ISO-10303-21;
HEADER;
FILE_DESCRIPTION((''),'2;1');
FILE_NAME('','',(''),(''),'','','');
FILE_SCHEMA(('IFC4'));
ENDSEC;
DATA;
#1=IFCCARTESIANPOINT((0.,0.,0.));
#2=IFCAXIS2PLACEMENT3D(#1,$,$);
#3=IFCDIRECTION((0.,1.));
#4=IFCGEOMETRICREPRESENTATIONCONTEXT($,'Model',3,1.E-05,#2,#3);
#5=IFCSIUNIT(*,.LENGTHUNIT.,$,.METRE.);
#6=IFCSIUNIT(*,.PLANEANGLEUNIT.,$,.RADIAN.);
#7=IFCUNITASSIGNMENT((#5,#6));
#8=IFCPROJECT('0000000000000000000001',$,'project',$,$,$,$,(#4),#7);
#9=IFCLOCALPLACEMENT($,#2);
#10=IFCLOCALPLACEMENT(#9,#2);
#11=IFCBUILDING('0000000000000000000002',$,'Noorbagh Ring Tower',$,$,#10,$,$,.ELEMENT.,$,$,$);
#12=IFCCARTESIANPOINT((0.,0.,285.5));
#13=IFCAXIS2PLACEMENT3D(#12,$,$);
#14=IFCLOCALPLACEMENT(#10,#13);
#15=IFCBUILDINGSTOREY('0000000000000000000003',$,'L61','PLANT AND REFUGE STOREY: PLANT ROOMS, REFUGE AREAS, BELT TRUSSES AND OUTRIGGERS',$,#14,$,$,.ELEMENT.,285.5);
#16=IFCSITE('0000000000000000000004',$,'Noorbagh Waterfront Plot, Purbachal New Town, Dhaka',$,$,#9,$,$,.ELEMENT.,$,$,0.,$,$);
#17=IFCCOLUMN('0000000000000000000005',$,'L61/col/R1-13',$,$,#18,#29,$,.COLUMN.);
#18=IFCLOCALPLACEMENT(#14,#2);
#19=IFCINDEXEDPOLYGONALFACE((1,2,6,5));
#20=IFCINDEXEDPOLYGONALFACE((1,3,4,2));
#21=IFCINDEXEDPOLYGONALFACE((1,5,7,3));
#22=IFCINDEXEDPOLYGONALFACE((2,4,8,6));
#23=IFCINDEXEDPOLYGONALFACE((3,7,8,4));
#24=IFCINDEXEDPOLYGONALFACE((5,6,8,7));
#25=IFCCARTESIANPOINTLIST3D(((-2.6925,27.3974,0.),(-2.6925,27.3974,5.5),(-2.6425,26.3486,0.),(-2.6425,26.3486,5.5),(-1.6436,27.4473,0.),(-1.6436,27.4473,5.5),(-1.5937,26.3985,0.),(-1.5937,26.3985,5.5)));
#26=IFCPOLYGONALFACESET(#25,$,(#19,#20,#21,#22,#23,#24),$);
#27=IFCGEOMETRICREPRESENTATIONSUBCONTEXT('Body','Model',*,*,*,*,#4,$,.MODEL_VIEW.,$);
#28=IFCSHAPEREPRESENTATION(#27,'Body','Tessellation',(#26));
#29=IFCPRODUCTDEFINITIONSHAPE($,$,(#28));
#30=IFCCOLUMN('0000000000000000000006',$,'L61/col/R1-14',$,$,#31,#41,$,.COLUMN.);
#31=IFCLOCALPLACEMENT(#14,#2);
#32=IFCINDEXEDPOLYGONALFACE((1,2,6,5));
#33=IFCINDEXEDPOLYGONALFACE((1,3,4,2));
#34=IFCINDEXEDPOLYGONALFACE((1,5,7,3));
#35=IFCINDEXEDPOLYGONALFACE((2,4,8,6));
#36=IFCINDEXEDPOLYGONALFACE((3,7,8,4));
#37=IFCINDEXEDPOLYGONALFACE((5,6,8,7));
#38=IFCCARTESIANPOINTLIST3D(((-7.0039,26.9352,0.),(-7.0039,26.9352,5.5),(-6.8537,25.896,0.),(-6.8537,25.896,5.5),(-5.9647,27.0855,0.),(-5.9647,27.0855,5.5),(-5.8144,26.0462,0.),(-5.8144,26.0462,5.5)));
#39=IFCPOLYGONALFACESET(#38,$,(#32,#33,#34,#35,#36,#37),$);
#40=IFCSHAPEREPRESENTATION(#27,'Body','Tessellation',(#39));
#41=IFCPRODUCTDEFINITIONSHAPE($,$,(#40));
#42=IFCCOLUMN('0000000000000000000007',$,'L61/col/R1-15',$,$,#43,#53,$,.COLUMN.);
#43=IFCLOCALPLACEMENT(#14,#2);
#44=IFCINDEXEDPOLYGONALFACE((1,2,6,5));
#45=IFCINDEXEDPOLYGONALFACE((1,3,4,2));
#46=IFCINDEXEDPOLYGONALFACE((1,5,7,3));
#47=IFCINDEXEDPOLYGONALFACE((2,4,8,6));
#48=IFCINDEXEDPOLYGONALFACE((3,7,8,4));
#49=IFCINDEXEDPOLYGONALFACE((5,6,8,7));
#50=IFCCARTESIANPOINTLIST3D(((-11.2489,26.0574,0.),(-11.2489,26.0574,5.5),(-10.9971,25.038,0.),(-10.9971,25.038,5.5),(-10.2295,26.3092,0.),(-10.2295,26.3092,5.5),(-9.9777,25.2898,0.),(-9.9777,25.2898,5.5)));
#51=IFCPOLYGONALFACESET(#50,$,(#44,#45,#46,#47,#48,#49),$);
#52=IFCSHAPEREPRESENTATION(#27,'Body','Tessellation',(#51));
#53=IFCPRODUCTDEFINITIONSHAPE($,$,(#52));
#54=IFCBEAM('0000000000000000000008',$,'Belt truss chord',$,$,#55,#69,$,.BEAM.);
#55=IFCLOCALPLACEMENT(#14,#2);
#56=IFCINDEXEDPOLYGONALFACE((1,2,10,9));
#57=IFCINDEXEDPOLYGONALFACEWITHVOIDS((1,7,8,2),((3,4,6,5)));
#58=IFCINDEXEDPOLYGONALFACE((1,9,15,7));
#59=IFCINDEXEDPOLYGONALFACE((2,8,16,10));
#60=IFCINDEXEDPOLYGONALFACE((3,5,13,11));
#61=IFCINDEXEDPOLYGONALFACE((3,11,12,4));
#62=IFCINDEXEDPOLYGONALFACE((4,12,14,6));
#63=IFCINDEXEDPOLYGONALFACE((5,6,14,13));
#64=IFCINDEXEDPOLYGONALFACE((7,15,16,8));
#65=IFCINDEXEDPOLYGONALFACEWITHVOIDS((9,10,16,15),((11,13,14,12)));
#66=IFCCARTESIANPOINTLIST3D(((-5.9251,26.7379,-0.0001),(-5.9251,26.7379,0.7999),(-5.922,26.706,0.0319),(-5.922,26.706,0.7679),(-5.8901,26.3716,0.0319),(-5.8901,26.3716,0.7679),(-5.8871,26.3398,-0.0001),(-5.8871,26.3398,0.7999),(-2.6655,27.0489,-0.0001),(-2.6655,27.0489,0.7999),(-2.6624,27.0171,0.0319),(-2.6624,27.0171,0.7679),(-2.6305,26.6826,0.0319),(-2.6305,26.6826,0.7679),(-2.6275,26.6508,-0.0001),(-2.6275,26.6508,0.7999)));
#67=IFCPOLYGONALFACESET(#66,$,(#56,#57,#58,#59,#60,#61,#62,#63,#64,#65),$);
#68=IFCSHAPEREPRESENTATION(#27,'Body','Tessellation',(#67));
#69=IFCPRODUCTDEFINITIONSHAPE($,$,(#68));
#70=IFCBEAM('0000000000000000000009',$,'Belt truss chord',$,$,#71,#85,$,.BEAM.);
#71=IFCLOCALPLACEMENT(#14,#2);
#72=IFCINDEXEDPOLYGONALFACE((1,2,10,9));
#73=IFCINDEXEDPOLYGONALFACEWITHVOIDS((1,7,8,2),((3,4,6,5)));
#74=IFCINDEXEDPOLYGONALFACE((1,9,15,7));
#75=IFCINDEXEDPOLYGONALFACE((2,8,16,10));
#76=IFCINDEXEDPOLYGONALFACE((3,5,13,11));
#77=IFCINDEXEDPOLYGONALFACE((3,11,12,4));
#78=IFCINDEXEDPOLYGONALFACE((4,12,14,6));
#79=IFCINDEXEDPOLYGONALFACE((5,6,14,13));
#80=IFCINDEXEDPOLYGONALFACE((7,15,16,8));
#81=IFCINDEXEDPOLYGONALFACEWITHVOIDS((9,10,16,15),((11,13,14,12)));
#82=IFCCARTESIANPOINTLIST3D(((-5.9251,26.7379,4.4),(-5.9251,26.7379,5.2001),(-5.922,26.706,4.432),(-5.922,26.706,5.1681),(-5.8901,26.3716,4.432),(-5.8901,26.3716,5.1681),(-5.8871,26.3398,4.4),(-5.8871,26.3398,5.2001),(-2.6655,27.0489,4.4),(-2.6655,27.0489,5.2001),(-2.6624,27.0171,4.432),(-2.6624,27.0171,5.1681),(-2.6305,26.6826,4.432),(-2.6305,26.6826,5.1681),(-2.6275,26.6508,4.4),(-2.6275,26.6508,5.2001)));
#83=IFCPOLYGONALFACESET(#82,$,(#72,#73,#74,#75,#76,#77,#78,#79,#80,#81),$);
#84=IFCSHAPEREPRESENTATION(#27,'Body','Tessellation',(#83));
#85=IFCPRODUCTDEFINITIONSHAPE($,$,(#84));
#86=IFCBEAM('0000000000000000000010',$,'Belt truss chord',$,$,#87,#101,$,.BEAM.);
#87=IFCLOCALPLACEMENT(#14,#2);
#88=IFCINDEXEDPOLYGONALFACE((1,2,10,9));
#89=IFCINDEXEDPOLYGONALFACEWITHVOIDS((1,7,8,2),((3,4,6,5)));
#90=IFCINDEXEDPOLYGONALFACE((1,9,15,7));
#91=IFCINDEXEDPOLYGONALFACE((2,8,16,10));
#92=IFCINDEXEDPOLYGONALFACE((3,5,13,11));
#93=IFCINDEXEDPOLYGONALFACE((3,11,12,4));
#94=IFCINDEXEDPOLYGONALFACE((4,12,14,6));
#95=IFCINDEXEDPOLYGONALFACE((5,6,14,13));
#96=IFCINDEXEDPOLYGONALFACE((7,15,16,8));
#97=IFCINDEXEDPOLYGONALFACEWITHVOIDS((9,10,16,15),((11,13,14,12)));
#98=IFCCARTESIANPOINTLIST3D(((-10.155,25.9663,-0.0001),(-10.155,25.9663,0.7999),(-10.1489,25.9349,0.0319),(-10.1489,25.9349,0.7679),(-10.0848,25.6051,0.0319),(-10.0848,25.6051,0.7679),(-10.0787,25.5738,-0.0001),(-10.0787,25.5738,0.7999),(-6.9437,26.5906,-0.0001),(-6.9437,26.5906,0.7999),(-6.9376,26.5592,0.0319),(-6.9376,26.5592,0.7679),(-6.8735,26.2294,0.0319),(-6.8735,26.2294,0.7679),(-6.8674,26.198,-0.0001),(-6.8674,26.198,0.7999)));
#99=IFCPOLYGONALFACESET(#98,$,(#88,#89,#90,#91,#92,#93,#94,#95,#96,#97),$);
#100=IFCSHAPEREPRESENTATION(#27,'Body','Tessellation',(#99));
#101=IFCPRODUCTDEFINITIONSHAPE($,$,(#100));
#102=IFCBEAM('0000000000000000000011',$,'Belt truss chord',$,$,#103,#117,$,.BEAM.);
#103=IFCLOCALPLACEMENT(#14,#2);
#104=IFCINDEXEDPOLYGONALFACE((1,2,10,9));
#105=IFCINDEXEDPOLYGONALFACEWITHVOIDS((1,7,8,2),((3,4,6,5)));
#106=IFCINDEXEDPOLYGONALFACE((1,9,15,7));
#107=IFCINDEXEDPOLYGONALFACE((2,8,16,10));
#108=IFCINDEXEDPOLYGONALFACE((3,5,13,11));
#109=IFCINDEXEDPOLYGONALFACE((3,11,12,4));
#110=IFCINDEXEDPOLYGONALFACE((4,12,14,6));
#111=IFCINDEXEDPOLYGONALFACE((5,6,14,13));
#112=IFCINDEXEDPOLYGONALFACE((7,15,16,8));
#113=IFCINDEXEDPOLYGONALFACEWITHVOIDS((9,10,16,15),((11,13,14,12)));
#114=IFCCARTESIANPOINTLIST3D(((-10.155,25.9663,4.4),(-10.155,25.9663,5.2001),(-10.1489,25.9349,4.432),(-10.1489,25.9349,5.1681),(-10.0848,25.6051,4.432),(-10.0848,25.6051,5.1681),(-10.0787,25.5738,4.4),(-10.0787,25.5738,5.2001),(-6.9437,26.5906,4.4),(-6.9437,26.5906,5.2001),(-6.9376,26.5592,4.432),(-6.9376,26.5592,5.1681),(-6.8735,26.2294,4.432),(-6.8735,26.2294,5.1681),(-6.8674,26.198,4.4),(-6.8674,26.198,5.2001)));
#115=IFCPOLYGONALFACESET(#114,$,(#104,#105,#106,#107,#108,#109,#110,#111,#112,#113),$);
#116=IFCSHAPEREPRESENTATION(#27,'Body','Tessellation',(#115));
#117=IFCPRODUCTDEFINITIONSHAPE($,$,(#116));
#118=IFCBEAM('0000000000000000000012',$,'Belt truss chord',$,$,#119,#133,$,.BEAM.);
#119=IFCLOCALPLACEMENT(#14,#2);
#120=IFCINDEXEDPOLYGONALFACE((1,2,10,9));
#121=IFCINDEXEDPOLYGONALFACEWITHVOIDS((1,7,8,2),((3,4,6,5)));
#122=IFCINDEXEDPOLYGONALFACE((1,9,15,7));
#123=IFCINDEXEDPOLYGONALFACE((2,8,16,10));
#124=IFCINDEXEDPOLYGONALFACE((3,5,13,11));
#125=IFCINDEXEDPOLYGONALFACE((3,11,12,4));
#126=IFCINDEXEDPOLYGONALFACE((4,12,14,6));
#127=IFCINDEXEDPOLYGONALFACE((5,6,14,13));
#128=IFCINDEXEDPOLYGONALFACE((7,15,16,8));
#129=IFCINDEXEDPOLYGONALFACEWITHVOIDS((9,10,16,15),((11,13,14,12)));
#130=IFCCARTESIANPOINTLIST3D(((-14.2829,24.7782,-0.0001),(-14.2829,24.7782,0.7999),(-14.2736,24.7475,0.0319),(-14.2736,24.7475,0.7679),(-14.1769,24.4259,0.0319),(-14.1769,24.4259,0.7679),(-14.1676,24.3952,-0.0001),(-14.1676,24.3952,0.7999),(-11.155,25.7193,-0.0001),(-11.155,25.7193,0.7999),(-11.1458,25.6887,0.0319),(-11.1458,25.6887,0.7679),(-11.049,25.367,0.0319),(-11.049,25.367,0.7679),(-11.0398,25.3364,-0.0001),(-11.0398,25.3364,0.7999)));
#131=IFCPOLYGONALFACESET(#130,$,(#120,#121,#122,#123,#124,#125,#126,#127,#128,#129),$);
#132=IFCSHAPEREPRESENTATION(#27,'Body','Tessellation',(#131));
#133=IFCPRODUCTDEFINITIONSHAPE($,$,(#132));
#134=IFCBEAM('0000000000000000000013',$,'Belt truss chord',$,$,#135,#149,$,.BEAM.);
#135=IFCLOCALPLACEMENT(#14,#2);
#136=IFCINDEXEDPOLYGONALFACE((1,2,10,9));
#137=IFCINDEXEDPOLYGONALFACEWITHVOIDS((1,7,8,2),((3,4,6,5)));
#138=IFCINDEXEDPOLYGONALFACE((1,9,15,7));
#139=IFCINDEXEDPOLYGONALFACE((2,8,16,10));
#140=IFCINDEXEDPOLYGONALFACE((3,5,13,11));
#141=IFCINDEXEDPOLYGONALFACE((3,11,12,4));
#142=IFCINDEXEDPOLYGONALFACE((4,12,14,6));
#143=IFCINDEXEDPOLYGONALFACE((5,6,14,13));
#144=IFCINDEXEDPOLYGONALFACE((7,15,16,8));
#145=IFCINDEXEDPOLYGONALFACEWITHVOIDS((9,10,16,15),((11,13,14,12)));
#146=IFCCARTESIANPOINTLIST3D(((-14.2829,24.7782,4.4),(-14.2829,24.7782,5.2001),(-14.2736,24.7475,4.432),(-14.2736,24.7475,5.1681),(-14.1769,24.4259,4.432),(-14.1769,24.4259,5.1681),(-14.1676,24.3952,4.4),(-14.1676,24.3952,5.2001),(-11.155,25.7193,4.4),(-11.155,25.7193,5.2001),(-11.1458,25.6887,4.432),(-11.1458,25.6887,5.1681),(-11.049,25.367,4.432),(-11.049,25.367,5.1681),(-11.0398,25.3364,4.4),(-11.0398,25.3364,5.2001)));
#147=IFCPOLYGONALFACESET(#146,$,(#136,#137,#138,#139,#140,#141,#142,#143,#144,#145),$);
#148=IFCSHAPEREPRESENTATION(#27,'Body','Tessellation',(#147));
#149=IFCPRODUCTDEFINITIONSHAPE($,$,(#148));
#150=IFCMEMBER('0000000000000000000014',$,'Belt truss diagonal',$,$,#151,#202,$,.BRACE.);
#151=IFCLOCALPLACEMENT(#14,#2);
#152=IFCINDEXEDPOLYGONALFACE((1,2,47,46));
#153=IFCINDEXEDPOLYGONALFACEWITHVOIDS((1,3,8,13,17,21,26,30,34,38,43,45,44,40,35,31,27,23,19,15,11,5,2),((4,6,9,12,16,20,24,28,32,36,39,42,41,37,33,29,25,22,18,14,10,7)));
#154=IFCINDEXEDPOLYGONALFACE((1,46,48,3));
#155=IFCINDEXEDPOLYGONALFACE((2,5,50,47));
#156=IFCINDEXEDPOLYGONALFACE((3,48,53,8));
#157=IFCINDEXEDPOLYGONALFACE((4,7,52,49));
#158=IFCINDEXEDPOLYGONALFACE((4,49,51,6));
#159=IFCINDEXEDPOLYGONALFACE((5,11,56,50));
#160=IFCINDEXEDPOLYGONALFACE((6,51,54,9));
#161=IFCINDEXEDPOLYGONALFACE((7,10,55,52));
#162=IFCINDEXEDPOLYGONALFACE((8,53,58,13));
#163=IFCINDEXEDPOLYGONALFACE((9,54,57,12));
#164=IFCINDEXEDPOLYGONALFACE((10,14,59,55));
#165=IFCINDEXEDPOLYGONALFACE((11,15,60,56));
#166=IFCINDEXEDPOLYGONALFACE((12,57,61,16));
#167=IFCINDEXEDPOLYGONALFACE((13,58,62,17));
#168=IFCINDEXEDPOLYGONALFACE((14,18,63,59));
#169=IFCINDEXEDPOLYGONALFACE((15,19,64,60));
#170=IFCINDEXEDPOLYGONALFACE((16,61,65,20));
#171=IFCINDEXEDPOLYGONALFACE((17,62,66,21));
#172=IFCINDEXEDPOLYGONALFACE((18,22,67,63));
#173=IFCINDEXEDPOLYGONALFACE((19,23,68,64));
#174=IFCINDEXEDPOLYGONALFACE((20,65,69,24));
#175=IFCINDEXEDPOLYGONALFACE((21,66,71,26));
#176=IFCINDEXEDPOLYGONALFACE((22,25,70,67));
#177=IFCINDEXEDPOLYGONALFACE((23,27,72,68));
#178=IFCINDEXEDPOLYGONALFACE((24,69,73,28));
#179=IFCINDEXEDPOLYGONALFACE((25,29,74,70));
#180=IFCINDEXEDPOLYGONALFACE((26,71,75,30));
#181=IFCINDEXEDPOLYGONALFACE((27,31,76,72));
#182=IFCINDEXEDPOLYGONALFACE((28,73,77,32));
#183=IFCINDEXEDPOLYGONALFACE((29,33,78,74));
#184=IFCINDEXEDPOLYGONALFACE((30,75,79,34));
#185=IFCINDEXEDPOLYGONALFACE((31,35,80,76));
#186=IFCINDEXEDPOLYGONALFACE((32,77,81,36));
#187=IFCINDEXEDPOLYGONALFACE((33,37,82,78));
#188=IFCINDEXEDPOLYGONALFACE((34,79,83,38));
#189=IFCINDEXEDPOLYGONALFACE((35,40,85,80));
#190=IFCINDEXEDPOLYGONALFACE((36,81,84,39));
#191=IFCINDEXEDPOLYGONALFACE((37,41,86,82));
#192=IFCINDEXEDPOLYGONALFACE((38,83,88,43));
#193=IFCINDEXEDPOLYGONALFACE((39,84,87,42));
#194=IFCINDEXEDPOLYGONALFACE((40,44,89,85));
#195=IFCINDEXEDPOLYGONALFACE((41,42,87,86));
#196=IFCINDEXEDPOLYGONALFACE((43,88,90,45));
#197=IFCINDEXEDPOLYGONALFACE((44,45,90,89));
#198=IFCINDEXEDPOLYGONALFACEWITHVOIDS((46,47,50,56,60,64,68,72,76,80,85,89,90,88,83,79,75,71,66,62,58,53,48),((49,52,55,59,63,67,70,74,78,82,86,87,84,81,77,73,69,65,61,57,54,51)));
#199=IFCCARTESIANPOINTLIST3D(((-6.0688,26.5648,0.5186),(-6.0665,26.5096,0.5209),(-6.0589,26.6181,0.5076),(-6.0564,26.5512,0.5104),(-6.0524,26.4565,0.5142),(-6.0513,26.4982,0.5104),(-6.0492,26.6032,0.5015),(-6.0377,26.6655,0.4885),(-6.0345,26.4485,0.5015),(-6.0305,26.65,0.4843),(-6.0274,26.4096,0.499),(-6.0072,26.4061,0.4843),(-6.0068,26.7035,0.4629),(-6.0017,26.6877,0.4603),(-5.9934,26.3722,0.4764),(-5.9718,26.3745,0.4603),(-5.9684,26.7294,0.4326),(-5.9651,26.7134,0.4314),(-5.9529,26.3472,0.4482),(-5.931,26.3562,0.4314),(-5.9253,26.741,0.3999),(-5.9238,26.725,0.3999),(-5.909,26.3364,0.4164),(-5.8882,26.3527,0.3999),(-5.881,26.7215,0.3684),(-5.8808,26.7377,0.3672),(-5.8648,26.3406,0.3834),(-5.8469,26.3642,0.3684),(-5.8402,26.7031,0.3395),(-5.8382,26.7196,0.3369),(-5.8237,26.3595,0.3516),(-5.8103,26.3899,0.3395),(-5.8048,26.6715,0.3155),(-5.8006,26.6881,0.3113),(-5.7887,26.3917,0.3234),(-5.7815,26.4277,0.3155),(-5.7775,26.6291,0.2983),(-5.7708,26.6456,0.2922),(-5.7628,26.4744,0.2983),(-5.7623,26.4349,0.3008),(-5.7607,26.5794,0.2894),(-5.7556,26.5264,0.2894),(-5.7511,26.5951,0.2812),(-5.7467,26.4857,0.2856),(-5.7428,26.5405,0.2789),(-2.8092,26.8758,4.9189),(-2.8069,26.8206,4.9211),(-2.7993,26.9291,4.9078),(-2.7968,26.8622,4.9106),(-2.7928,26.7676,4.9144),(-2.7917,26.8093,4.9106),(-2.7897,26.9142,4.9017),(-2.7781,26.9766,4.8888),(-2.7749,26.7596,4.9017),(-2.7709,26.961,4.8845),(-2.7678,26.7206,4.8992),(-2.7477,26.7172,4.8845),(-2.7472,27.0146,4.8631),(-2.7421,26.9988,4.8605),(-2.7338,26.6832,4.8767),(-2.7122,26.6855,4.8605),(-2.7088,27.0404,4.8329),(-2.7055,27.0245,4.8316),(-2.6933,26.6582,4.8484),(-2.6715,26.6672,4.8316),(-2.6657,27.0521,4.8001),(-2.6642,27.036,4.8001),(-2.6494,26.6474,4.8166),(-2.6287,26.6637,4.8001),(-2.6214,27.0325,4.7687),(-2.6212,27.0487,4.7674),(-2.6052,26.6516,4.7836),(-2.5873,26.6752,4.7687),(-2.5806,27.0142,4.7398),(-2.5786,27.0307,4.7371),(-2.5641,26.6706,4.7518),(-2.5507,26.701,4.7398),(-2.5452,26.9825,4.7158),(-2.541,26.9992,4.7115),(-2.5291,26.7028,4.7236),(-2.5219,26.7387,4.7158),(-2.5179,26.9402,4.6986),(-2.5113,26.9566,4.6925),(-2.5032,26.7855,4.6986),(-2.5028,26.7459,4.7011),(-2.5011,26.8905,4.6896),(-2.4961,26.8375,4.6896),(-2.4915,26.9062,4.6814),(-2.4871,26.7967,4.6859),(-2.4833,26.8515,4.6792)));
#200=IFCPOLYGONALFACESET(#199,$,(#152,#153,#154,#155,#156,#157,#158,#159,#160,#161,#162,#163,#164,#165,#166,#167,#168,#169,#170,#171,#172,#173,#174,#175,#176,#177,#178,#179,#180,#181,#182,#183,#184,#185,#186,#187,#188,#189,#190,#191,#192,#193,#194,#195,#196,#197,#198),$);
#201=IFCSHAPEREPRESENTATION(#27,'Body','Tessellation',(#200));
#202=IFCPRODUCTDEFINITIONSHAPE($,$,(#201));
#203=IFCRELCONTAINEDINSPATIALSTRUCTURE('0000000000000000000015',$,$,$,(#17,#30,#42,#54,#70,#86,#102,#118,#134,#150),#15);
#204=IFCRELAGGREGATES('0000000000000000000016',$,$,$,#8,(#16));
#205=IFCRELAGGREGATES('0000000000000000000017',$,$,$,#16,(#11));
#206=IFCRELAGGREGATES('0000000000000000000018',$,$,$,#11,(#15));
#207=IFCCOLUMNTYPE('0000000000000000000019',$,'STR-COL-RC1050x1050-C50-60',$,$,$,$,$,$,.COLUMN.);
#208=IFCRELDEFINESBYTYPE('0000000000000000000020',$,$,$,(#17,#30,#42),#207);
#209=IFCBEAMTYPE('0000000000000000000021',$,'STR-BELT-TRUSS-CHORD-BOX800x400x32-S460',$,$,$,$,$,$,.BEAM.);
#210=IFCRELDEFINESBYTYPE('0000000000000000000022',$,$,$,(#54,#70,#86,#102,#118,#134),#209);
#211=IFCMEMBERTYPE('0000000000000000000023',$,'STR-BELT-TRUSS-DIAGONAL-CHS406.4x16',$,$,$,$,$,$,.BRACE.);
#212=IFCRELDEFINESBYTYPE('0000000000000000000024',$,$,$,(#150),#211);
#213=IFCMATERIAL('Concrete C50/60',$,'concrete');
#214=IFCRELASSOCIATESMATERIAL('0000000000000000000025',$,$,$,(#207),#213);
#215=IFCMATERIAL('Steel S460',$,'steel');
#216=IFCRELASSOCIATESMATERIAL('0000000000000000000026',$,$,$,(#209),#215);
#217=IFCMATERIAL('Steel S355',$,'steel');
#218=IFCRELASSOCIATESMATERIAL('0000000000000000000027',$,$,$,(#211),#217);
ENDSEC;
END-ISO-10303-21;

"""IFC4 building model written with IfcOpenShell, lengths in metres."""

from ifc_helpers import new_model, si_unit, direction, frame, origin, origin_2d, place, context, subcontext, project, spatial, rectangle, hollow_rectangle, hollow_circle, extrude, material, material_profile, profile_set, type_object, element, save


model = new_model("IFC4")

# Units and contexts
model_context = context("Model", 3, precision=1e-05, world=origin(), true_north=direction((0.0, 1.0)))
body_context = subcontext(model_context, "Body", "Model", "MODEL_VIEW")
ifc_project = project(units=[si_unit("LENGTHUNIT", "METRE"), si_unit("PLANEANGLEUNIT", "RADIAN")], contexts=[model_context])

# Site, building, storey
site_placement = place(None, origin())
site = spatial("IfcSite", under=ifc_project, at=site_placement, Name="Noorbagh Waterfront Plot, Purbachal New Town, Dhaka", CompositionType="ELEMENT", RefElevation=0.0)
building_placement = place(site_placement, origin())
building = spatial("IfcBuilding", under=site, at=building_placement, Name="Noorbagh Ring Tower", CompositionType="ELEMENT")
storey_placement = place(building_placement, frame((0.0, 0.0, 285.5)))
storey = spatial("IfcBuildingStorey", under=building, at=storey_placement, Name="L61", Description="PLANT AND REFUGE STOREY: PLANT ROOMS, REFUGE AREAS, BELT TRUSSES AND OUTRIGGERS", CompositionType="ELEMENT", Elevation=285.5)

# Columns
ifc_material_1 = material(Name="Concrete C50/60", Category="concrete")
ifc_material_profile_1 = material_profile(ifc_material_1, rectangle(XDim=1.05, YDim=1.05, at=origin_2d()), Name="RC1050x1050")
ifc_profile_set_1 = profile_set([ifc_material_profile_1], Name="Concrete C50/60")
column_type = type_object("IfcColumnType", Name="STR-COL-RC1050x1050-C50-60", PredefinedType="COLUMN", material=ifc_profile_set_1)
for number, where, z_axis, x_axis, name in (
    (1, (-2.1431, 26.8979, 0.0), (0.0, 0.0, 1.0), (-0.998869, -0.047553, 0.0), "L61/col/R1-13"),
    (2, (-6.4092, 26.4907, 0.0), (0.0, 0.0, 1.0), (-0.989713, -0.143066, 0.0), "L61/col/R1-14"),
    (3, (-10.6133, 25.6736, 0.0), (0.0, 0.0, 1.0), (-0.970829, -0.239771, 0.0), "L61/col/R1-15"),
):
    element("IfcColumn", number, at=place(storey_placement, frame(where, z_axis=z_axis, x_axis=x_axis)), inside=storey, type_object=column_type, Name=name, PredefinedType="COLUMN", context=body_context, shape_type="SweptSolid", body=[
        extrude(rectangle(XDim=1.05, YDim=1.05, at=origin_2d()), origin(), (0.0, 0.0, 1.0), 5.5),
    ])

# Beams
ifc_material_2 = material(Name="Steel S460", Category="steel")
ifc_material_profile_2 = material_profile(ifc_material_2, hollow_rectangle(XDim=0.3999, YDim=0.8, WallThickness=0.032, at=origin_2d()), Name="BOX800x400x32")
ifc_profile_set_2 = profile_set([ifc_material_profile_2], Name="Steel S460")
beam_type_1 = type_object("IfcBeamType", Name="STR-BELT-TRUSS-CHORD-BOX800x400x32-S460", PredefinedType="BEAM", material=ifc_profile_set_2)
for number, where, z_axis, x_axis, name in (
    (4, (-2.6465, 26.8499, 0.3999), (-0.995478, -0.094992, 0.0), (0.094992, -0.995478, 0.0), "Belt truss chord"),
    (5, (-2.6465, 26.8499, 4.8), (-0.995478, -0.094992, 0.0), (0.094992, -0.995478, 0.0), "Belt truss chord"),
):
    element("IfcBeam", number, at=place(storey_placement, frame(where, z_axis=z_axis, x_axis=x_axis)), inside=storey, type_object=beam_type_1, Name=name, PredefinedType="BEAM", context=body_context, shape_type="SweptSolid", body=[
        extrude(hollow_rectangle(XDim=0.3999, YDim=0.8, WallThickness=0.032, at=origin_2d()), origin(), (0.0, 0.0, 1.0), 3.2744),
    ])
for number, where, z_axis, x_axis, name in (
    (6, (-6.9055, 26.3943, 0.3999), (-0.981625, -0.190818, 0.0), (0.190818, -0.981625, 0.0), "Belt truss chord"),
    (7, (-6.9055, 26.3943, 4.8), (-0.981625, -0.190818, 0.0), (0.190818, -0.981625, 0.0), "Belt truss chord"),
):
    element("IfcBeam", number, at=place(storey_placement, frame(where, z_axis=z_axis, x_axis=x_axis)), inside=storey, type_object=beam_type_1, Name=name, PredefinedType="BEAM", context=body_context, shape_type="SweptSolid", body=[
        extrude(hollow_rectangle(XDim=0.3999, YDim=0.8, WallThickness=0.032, at=origin_2d()), origin(), (0.0, 0.0, 1.0), 3.2715),
    ])
for number, where, z_axis, x_axis, name in (
    (8, (-11.0974, 25.5278, 0.3999), (-0.957591, -0.288129, 0.0), (0.288129, -0.957591, 0.0), "Belt truss chord"),
    (9, (-11.0974, 25.5278, 4.8), (-0.957591, -0.288129, 0.0), (0.288129, -0.957591, 0.0), "Belt truss chord"),
):
    element("IfcBeam", number, at=place(storey_placement, frame(where, z_axis=z_axis, x_axis=x_axis)), inside=storey, type_object=beam_type_1, Name=name, PredefinedType="BEAM", context=body_context, shape_type="SweptSolid", body=[
        extrude(hollow_rectangle(XDim=0.3999, YDim=0.8, WallThickness=0.032, at=origin_2d()), origin(), (0.0, 0.0, 1.0), 3.2664),
    ])

# Member
ifc_material_3 = material(Name="Steel S355", Category="steel")
ifc_material_profile_3 = material_profile(ifc_material_3, hollow_circle(Radius=0.2031, WallThickness=0.0161, at=origin_2d()), Name="CHS406.4x16")
ifc_profile_set_3 = profile_set([ifc_material_profile_3], Name="Steel S355")
member_type = type_object("IfcMemberType", Name="STR-BELT-TRUSS-DIAGONAL-CHS406.4x16", PredefinedType="BRACE", material=ifc_profile_set_3)
member_1_placement = place(storey_placement, frame((-5.906, 26.5388, 0.3999), z_axis=(0.594288, 0.056709, 0.802251), x_axis=(-0.094992, 0.995478, 0.0)))
element("IfcMember", 10, at=member_1_placement, inside=storey, type_object=member_type, Name="Belt truss diagonal", PredefinedType="BRACE", context=body_context, shape_type="SweptSolid", body=[
    extrude(hollow_circle(Radius=0.2031, WallThickness=0.0161, at=origin_2d()), origin(), (0.0, 0.0, 1.0), 5.4849),
])

save(model, "model.ifc")
